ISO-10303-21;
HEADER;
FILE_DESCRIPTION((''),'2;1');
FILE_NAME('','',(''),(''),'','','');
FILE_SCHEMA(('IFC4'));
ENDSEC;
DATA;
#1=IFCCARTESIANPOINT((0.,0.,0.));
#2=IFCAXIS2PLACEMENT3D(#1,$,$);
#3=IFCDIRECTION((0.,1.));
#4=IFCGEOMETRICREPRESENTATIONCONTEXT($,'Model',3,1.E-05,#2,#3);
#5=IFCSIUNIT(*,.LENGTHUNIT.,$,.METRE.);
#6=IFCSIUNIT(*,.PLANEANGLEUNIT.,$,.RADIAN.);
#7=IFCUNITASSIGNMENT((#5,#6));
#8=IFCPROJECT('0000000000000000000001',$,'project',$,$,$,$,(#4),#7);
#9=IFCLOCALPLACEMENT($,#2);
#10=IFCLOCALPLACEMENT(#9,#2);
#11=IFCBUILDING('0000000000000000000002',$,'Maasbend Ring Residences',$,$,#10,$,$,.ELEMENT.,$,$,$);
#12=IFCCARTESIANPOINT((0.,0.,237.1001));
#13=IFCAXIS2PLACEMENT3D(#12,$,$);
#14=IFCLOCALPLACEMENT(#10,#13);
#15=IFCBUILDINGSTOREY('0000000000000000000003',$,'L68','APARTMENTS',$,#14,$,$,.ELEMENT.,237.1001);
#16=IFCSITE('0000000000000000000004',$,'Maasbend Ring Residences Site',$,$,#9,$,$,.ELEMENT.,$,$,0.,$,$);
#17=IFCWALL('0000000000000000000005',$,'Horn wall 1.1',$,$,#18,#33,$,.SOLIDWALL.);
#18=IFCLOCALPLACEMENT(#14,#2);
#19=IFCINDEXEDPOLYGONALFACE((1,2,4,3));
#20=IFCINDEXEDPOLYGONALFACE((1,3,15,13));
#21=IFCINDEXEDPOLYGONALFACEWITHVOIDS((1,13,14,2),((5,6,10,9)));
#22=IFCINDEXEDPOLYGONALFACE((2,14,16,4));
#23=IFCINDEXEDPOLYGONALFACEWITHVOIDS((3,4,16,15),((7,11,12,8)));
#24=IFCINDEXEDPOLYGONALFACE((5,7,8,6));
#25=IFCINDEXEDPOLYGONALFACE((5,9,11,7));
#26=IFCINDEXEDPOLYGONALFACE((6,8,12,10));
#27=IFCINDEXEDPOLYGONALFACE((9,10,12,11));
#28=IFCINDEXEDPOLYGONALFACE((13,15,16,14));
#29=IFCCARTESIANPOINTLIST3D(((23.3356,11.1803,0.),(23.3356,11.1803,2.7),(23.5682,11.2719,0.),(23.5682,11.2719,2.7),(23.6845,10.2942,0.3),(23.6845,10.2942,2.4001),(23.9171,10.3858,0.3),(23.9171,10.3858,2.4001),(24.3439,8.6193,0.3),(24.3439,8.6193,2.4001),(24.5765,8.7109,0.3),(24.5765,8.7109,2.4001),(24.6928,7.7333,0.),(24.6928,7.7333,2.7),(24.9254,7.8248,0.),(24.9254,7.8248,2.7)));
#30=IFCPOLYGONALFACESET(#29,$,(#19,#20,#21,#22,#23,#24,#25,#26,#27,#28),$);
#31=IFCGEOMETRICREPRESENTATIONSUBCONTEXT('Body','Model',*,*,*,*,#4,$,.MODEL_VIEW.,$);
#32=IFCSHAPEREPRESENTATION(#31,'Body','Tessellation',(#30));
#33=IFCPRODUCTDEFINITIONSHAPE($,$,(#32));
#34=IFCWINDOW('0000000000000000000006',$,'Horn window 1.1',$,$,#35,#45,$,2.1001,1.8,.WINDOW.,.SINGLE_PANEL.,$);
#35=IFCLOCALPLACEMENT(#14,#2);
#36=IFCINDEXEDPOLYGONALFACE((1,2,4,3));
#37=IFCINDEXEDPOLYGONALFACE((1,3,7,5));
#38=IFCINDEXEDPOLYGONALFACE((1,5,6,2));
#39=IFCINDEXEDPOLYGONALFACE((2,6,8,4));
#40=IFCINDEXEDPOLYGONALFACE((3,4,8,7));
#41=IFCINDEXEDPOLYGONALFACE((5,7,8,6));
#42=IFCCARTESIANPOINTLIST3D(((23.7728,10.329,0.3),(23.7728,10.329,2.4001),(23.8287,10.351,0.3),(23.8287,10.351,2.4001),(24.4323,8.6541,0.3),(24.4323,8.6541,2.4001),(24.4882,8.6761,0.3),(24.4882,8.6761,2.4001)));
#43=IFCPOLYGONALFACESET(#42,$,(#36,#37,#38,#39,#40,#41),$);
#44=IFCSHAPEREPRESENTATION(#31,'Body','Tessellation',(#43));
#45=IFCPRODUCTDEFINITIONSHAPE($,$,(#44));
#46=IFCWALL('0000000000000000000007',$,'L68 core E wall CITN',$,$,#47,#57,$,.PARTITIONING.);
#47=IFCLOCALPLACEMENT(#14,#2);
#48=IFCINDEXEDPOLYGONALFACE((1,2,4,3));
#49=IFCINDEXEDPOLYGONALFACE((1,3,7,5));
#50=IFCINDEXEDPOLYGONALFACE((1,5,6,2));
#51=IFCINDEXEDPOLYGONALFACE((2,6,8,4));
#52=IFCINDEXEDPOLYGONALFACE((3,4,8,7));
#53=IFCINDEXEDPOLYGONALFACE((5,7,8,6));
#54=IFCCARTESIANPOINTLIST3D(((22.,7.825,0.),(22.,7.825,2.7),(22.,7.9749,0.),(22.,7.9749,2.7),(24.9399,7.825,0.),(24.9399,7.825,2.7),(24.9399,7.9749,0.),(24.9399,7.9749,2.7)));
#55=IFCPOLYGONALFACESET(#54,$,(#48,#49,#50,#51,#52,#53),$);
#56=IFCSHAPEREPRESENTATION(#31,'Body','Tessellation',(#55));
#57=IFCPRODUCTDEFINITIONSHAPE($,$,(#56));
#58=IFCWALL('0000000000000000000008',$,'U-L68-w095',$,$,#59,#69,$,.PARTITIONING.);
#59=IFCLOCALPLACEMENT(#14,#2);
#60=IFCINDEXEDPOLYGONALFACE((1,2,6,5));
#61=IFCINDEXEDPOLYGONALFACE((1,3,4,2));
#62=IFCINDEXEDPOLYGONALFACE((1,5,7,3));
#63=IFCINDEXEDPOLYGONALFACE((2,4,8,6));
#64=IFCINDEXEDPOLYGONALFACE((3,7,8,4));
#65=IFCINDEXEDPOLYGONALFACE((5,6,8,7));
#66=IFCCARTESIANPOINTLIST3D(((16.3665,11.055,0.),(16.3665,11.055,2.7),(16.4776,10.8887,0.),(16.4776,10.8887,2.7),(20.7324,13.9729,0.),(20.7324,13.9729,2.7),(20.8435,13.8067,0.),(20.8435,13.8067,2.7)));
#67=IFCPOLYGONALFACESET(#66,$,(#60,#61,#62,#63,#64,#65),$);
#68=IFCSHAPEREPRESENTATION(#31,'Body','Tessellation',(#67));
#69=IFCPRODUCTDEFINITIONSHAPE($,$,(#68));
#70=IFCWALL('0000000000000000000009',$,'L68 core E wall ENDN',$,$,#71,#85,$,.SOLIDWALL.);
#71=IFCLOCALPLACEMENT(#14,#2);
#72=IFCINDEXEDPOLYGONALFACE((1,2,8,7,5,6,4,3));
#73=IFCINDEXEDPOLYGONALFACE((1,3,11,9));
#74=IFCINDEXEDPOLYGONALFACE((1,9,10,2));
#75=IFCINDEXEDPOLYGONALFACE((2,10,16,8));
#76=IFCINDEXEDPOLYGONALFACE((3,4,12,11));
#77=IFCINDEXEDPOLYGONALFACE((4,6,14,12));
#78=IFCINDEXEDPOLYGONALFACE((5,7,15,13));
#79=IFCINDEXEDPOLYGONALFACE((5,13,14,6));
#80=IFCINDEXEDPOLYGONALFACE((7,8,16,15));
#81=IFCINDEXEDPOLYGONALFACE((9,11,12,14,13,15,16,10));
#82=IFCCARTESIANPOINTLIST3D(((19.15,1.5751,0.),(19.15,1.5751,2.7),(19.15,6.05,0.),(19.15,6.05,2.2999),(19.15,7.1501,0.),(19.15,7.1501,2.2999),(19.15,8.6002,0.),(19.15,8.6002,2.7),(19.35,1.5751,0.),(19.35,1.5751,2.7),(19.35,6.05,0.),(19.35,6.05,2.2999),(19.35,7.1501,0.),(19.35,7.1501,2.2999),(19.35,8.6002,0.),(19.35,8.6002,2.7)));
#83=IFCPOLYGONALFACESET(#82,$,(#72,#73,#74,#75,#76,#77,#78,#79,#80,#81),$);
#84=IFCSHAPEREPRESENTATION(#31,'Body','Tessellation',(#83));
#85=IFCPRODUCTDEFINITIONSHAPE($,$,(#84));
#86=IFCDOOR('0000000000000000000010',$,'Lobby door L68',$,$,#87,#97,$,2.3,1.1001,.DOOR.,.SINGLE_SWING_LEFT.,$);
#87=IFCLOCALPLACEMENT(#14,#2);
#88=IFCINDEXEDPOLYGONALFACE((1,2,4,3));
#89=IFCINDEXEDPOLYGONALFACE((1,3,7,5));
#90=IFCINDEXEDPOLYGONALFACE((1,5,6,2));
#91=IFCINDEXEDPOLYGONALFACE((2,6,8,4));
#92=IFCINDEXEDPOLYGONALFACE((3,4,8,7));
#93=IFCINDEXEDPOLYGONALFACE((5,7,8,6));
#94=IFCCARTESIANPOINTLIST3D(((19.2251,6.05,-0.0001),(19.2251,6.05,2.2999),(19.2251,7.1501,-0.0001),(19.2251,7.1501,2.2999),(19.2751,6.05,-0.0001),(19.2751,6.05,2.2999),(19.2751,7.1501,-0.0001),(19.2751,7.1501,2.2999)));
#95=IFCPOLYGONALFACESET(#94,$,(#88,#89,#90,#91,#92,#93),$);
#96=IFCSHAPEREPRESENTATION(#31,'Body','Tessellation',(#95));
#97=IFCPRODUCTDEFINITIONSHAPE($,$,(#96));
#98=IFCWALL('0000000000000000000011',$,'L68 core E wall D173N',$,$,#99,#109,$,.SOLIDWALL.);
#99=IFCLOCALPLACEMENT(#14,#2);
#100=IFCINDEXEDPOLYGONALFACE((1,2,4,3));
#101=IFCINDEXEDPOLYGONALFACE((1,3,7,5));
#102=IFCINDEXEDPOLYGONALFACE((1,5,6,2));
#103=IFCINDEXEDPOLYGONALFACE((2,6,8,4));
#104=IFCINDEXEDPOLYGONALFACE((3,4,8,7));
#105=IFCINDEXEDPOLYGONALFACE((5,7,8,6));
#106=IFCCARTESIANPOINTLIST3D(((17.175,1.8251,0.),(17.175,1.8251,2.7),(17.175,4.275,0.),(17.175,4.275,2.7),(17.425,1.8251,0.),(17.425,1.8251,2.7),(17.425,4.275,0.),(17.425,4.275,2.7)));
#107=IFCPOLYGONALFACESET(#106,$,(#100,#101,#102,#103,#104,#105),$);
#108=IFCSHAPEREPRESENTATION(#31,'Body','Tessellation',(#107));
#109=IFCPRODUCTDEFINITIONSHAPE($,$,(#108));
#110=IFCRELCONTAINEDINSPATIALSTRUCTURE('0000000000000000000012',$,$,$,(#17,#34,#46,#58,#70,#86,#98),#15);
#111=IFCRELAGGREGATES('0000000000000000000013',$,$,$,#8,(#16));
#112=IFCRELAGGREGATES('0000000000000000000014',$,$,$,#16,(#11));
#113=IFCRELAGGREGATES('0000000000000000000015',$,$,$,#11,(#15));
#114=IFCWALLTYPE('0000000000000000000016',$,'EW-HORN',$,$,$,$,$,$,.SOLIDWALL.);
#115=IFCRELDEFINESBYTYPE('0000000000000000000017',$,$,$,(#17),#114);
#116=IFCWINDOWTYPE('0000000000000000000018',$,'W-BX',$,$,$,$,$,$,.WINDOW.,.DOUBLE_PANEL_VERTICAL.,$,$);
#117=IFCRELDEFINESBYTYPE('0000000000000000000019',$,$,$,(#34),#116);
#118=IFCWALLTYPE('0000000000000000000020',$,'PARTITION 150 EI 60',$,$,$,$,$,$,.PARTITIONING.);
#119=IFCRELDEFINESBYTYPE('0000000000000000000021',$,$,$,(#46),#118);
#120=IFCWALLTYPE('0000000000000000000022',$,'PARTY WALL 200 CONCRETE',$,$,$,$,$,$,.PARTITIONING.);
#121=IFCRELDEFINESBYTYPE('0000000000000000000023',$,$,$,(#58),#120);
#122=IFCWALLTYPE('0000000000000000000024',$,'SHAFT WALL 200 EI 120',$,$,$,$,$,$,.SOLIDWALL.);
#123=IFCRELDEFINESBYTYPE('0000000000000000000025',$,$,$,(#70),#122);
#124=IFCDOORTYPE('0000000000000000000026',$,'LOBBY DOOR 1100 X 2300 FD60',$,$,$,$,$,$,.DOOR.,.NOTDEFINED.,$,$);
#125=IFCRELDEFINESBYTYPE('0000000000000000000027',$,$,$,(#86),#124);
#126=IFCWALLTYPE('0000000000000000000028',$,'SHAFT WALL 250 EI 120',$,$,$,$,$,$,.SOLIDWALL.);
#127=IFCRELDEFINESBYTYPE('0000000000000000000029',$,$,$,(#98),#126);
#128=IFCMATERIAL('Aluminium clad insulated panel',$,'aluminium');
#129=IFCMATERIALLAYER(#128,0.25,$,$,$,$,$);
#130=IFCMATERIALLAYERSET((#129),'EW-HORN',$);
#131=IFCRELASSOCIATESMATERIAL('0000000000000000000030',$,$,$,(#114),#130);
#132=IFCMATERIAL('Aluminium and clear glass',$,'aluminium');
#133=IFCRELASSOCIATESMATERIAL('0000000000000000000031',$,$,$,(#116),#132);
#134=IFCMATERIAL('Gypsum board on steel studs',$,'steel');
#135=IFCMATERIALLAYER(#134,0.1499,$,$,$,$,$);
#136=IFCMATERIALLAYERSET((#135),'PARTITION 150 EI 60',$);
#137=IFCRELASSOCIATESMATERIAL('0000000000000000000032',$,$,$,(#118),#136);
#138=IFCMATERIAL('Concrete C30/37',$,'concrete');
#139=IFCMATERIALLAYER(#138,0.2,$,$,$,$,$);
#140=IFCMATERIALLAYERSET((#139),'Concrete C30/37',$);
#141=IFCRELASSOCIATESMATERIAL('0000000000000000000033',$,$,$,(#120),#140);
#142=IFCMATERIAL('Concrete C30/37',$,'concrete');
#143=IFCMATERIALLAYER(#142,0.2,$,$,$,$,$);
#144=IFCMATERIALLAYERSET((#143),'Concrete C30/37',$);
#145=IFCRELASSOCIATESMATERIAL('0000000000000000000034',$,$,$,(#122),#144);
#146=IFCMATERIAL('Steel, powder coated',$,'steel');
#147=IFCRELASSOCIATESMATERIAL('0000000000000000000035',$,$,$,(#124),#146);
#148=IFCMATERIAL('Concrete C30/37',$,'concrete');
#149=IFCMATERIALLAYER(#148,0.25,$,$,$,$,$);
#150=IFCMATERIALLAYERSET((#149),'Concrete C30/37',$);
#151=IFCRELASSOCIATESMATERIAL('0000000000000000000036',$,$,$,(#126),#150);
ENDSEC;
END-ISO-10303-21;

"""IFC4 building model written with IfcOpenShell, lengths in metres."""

from ifc_helpers import new_model, si_unit, direction, frame, frame_2d, origin, place, context, subcontext, project, spatial, rectangle, extrude, material, layer, layer_set, type_object, element, fill, save


model = new_model("IFC4")

# Units and contexts
model_context = context("Model", 3, precision=1e-05, world=origin(), true_north=direction((0.0, 1.0)))
body_context = subcontext(model_context, "Body", "Model", "MODEL_VIEW")
ifc_project = project(units=[si_unit("LENGTHUNIT", "METRE"), si_unit("PLANEANGLEUNIT", "RADIAN")], contexts=[model_context])

# Site, building, storey
site_placement = place(None, origin())
site = spatial("IfcSite", under=ifc_project, at=site_placement, Name="Maasbend Ring Residences Site", CompositionType="ELEMENT", RefElevation=0.0)
building_placement = place(site_placement, origin())
building = spatial("IfcBuilding", under=site, at=building_placement, Name="Maasbend Ring Residences", CompositionType="ELEMENT")
storey_placement = place(building_placement, frame((0.0, 0.0, 237.1001)))
storey = spatial("IfcBuildingStorey", under=building, at=storey_placement, Name="L68", Description="APARTMENTS", CompositionType="ELEMENT", Elevation=237.1001)

# Wall, opening, window
ifc_material_1 = material(Name="Aluminium clad insulated panel", Category="aluminium")
ifc_layer_1 = layer(ifc_material_1, 0.25)
ifc_layer_set_1 = layer_set([ifc_layer_1], Name="EW-HORN")
wall_type_1 = type_object("IfcWallType", Name="EW-HORN", PredefinedType="SOLIDWALL", material=ifc_layer_set_1)
wall_1_placement = place(storey_placement, frame((24.8091, 7.7791, 0.0), z_axis=(0.0, 0.0, 1.0), x_axis=(-0.366352, 0.930476, 0.0)))
wall_1 = element("IfcWall", 1, at=wall_1_placement, inside=storey, type_object=wall_type_1, Name="Horn wall 1.1", PredefinedType="SOLIDWALL", context=body_context, shape_type="SweptSolid", body=[
    extrude(rectangle(XDim=3.7046, YDim=0.25, at=frame_2d((1.8523, 0.0))), origin(), (0.0, 0.0, 1.0), 2.7),
])
opening_1_placement = place(wall_1_placement, frame((0.9524, 0.0, 0.3)))
opening_1 = element("IfcOpeningElement", 2, at=opening_1_placement, cuts=wall_1, PredefinedType="OPENING", context=body_context, shape_type="SweptSolid", body=[
    extrude(rectangle(XDim=1.8, YDim=2.1001, at=frame_2d((0.8999, 1.05))), frame((0.0, 0.135, 0.0), z_axis=(0.0, -1.0, 0.0), x_axis=(1.0, 0.0, 0.0)), (0.0, 0.0, 1.0), 0.27),
])
ifc_material_2 = material(Name="Aluminium and clear glass", Category="aluminium")
window_type = type_object("IfcWindowType", Name="W-BX", PartitioningType="DOUBLE_PANEL_VERTICAL", PredefinedType="WINDOW", material=ifc_material_2)
window_placement = place(opening_1_placement, origin())
window = element("IfcWindow", 3, at=window_placement, inside=storey, type_object=window_type, Name="Horn window 1.1", OverallHeight=2.1001, OverallWidth=1.8, PartitioningType="SINGLE_PANEL", PredefinedType="WINDOW", context=body_context, shape_type="SweptSolid", body=[
    extrude(rectangle(XDim=1.8, YDim=2.1001, at=frame_2d((0.8999, 1.05))), frame((0.0, 0.03, 0.0), z_axis=(0.0, -1.0, 0.0), x_axis=(1.0, 0.0, 0.0)), (0.0, 0.0, 1.0), 0.0601),
])
fill(opening_1, window)

# Walls
ifc_material_3 = material(Name="Gypsum board on steel studs", Category="steel")
ifc_layer_2 = layer(ifc_material_3, 0.1499)
ifc_layer_set_2 = layer_set([ifc_layer_2], Name="PARTITION 150 EI 60")
wall_type_2 = type_object("IfcWallType", Name="PARTITION 150 EI 60", PredefinedType="PARTITIONING", material=ifc_layer_set_2)
wall_2_placement = place(storey_placement, frame((22.0, 7.8999, 0.0), z_axis=(0.0, 0.0, 1.0), x_axis=(1.0, 0.0, 0.0)))
element("IfcWall", 4, at=wall_2_placement, inside=storey, type_object=wall_type_2, Name="L68 core E wall CITN", PredefinedType="PARTITIONING", context=body_context, shape_type="SweptSolid", body=[
    extrude(rectangle(XDim=2.9399, YDim=0.1499, at=frame_2d((1.47, 0.0))), origin(), (0.0, 0.0, 1.0), 2.7),
])
ifc_material_4 = material(Name="Concrete C30/37", Category="concrete")
ifc_layer_3 = layer(ifc_material_4, 0.2)
ifc_layer_set_3 = layer_set([ifc_layer_3], Name="Concrete C30/37")
wall_type_3 = type_object("IfcWallType", Name="PARTY WALL 200 CONCRETE", PredefinedType="PARTITIONING", material=ifc_layer_set_3)
wall_3_placement = place(storey_placement, frame((16.4221, 10.9719, 0.0), z_axis=(0.0, 0.0, 1.0), x_axis=(0.831406, 0.555665, 0.0)))
element("IfcWall", 5, at=wall_3_placement, inside=storey, type_object=wall_type_3, Name="U-L68-w095", PredefinedType="PARTITIONING", context=body_context, shape_type="SweptSolid", body=[
    extrude(rectangle(XDim=5.2512, YDim=0.2, at=frame_2d((2.6255, 0.0))), origin(), (0.0, 0.0, 1.0), 2.7),
])

# Wall, opening, door
ifc_material_5 = material(Name="Concrete C30/37", Category="concrete")
ifc_layer_4 = layer(ifc_material_5, 0.2)
ifc_layer_set_4 = layer_set([ifc_layer_4], Name="Concrete C30/37")
wall_type_4 = type_object("IfcWallType", Name="SHAFT WALL 200 EI 120", PredefinedType="SOLIDWALL", material=ifc_layer_set_4)
wall_4_placement = place(storey_placement, frame((19.25, 1.575, 0.0), z_axis=(0.0, 0.0, 1.0), x_axis=(0.0, 1.0, 0.0)))
wall_4 = element("IfcWall", 6, at=wall_4_placement, inside=storey, type_object=wall_type_4, Name="L68 core E wall ENDN", PredefinedType="SOLIDWALL", context=body_context, shape_type="SweptSolid", body=[
    extrude(rectangle(XDim=7.0251, YDim=0.2, at=frame_2d((3.5127, 0.0))), origin(), (0.0, 0.0, 1.0), 2.7),
])
opening_2_placement = place(wall_4_placement, frame((4.4751, 0.0, 0.0)))
opening_2 = element("IfcOpeningElement", 7, at=opening_2_placement, cuts=wall_4, PredefinedType="OPENING", context=body_context, shape_type="SweptSolid", body=[
    extrude(rectangle(XDim=1.1001, YDim=2.3, at=frame_2d((0.55, 1.1499))), frame((0.0, 0.1099, 0.0), z_axis=(0.0, -1.0, 0.0), x_axis=(1.0, 0.0, 0.0)), (0.0, 0.0, 1.0), 0.22),
])
ifc_material_6 = material(Name="Steel, powder coated", Category="steel")
door_type_1 = type_object("IfcDoorType", Name="LOBBY DOOR 1100 X 2300 FD60", OperationType="NOTDEFINED", PredefinedType="DOOR", material=ifc_material_6)
door_1_placement = place(opening_2_placement, origin())
door_1 = element("IfcDoor", 8, at=door_1_placement, inside=storey, type_object=door_type_1, Name="Lobby door L68", OperationType="SINGLE_SWING_LEFT", OverallHeight=2.3, OverallWidth=1.1001, PredefinedType="DOOR", context=body_context, shape_type="SweptSolid", body=[
    extrude(rectangle(XDim=1.1001, YDim=2.3, at=frame_2d((0.55, 1.1499))), frame((0.0, 0.0249, 0.0), z_axis=(0.0, -1.0, 0.0), x_axis=(1.0, 0.0, 0.0)), (0.0, 0.0, 1.0), 0.05),
])
fill(opening_2, door_1)

# Wall
ifc_material_7 = material(Name="Concrete C30/37", Category="concrete")
ifc_layer_5 = layer(ifc_material_7, 0.25)
ifc_layer_set_5 = layer_set([ifc_layer_5], Name="Concrete C30/37")
wall_type_5 = type_object("IfcWallType", Name="SHAFT WALL 250 EI 120", PredefinedType="SOLIDWALL", material=ifc_layer_set_5)
wall_5_placement = place(storey_placement, frame((17.3, 1.825, 0.0), z_axis=(0.0, 0.0, 1.0), x_axis=(0.0, 1.0, 0.0)))
element("IfcWall", 9, at=wall_5_placement, inside=storey, type_object=wall_type_5, Name="L68 core E wall D173N", PredefinedType="SOLIDWALL", context=body_context, shape_type="SweptSolid", body=[
    extrude(rectangle(XDim=2.45, YDim=0.25, at=frame_2d((1.2251, 0.0))), origin(), (0.0, 0.0, 1.0), 2.7),
])

save(model, "model.ifc")
